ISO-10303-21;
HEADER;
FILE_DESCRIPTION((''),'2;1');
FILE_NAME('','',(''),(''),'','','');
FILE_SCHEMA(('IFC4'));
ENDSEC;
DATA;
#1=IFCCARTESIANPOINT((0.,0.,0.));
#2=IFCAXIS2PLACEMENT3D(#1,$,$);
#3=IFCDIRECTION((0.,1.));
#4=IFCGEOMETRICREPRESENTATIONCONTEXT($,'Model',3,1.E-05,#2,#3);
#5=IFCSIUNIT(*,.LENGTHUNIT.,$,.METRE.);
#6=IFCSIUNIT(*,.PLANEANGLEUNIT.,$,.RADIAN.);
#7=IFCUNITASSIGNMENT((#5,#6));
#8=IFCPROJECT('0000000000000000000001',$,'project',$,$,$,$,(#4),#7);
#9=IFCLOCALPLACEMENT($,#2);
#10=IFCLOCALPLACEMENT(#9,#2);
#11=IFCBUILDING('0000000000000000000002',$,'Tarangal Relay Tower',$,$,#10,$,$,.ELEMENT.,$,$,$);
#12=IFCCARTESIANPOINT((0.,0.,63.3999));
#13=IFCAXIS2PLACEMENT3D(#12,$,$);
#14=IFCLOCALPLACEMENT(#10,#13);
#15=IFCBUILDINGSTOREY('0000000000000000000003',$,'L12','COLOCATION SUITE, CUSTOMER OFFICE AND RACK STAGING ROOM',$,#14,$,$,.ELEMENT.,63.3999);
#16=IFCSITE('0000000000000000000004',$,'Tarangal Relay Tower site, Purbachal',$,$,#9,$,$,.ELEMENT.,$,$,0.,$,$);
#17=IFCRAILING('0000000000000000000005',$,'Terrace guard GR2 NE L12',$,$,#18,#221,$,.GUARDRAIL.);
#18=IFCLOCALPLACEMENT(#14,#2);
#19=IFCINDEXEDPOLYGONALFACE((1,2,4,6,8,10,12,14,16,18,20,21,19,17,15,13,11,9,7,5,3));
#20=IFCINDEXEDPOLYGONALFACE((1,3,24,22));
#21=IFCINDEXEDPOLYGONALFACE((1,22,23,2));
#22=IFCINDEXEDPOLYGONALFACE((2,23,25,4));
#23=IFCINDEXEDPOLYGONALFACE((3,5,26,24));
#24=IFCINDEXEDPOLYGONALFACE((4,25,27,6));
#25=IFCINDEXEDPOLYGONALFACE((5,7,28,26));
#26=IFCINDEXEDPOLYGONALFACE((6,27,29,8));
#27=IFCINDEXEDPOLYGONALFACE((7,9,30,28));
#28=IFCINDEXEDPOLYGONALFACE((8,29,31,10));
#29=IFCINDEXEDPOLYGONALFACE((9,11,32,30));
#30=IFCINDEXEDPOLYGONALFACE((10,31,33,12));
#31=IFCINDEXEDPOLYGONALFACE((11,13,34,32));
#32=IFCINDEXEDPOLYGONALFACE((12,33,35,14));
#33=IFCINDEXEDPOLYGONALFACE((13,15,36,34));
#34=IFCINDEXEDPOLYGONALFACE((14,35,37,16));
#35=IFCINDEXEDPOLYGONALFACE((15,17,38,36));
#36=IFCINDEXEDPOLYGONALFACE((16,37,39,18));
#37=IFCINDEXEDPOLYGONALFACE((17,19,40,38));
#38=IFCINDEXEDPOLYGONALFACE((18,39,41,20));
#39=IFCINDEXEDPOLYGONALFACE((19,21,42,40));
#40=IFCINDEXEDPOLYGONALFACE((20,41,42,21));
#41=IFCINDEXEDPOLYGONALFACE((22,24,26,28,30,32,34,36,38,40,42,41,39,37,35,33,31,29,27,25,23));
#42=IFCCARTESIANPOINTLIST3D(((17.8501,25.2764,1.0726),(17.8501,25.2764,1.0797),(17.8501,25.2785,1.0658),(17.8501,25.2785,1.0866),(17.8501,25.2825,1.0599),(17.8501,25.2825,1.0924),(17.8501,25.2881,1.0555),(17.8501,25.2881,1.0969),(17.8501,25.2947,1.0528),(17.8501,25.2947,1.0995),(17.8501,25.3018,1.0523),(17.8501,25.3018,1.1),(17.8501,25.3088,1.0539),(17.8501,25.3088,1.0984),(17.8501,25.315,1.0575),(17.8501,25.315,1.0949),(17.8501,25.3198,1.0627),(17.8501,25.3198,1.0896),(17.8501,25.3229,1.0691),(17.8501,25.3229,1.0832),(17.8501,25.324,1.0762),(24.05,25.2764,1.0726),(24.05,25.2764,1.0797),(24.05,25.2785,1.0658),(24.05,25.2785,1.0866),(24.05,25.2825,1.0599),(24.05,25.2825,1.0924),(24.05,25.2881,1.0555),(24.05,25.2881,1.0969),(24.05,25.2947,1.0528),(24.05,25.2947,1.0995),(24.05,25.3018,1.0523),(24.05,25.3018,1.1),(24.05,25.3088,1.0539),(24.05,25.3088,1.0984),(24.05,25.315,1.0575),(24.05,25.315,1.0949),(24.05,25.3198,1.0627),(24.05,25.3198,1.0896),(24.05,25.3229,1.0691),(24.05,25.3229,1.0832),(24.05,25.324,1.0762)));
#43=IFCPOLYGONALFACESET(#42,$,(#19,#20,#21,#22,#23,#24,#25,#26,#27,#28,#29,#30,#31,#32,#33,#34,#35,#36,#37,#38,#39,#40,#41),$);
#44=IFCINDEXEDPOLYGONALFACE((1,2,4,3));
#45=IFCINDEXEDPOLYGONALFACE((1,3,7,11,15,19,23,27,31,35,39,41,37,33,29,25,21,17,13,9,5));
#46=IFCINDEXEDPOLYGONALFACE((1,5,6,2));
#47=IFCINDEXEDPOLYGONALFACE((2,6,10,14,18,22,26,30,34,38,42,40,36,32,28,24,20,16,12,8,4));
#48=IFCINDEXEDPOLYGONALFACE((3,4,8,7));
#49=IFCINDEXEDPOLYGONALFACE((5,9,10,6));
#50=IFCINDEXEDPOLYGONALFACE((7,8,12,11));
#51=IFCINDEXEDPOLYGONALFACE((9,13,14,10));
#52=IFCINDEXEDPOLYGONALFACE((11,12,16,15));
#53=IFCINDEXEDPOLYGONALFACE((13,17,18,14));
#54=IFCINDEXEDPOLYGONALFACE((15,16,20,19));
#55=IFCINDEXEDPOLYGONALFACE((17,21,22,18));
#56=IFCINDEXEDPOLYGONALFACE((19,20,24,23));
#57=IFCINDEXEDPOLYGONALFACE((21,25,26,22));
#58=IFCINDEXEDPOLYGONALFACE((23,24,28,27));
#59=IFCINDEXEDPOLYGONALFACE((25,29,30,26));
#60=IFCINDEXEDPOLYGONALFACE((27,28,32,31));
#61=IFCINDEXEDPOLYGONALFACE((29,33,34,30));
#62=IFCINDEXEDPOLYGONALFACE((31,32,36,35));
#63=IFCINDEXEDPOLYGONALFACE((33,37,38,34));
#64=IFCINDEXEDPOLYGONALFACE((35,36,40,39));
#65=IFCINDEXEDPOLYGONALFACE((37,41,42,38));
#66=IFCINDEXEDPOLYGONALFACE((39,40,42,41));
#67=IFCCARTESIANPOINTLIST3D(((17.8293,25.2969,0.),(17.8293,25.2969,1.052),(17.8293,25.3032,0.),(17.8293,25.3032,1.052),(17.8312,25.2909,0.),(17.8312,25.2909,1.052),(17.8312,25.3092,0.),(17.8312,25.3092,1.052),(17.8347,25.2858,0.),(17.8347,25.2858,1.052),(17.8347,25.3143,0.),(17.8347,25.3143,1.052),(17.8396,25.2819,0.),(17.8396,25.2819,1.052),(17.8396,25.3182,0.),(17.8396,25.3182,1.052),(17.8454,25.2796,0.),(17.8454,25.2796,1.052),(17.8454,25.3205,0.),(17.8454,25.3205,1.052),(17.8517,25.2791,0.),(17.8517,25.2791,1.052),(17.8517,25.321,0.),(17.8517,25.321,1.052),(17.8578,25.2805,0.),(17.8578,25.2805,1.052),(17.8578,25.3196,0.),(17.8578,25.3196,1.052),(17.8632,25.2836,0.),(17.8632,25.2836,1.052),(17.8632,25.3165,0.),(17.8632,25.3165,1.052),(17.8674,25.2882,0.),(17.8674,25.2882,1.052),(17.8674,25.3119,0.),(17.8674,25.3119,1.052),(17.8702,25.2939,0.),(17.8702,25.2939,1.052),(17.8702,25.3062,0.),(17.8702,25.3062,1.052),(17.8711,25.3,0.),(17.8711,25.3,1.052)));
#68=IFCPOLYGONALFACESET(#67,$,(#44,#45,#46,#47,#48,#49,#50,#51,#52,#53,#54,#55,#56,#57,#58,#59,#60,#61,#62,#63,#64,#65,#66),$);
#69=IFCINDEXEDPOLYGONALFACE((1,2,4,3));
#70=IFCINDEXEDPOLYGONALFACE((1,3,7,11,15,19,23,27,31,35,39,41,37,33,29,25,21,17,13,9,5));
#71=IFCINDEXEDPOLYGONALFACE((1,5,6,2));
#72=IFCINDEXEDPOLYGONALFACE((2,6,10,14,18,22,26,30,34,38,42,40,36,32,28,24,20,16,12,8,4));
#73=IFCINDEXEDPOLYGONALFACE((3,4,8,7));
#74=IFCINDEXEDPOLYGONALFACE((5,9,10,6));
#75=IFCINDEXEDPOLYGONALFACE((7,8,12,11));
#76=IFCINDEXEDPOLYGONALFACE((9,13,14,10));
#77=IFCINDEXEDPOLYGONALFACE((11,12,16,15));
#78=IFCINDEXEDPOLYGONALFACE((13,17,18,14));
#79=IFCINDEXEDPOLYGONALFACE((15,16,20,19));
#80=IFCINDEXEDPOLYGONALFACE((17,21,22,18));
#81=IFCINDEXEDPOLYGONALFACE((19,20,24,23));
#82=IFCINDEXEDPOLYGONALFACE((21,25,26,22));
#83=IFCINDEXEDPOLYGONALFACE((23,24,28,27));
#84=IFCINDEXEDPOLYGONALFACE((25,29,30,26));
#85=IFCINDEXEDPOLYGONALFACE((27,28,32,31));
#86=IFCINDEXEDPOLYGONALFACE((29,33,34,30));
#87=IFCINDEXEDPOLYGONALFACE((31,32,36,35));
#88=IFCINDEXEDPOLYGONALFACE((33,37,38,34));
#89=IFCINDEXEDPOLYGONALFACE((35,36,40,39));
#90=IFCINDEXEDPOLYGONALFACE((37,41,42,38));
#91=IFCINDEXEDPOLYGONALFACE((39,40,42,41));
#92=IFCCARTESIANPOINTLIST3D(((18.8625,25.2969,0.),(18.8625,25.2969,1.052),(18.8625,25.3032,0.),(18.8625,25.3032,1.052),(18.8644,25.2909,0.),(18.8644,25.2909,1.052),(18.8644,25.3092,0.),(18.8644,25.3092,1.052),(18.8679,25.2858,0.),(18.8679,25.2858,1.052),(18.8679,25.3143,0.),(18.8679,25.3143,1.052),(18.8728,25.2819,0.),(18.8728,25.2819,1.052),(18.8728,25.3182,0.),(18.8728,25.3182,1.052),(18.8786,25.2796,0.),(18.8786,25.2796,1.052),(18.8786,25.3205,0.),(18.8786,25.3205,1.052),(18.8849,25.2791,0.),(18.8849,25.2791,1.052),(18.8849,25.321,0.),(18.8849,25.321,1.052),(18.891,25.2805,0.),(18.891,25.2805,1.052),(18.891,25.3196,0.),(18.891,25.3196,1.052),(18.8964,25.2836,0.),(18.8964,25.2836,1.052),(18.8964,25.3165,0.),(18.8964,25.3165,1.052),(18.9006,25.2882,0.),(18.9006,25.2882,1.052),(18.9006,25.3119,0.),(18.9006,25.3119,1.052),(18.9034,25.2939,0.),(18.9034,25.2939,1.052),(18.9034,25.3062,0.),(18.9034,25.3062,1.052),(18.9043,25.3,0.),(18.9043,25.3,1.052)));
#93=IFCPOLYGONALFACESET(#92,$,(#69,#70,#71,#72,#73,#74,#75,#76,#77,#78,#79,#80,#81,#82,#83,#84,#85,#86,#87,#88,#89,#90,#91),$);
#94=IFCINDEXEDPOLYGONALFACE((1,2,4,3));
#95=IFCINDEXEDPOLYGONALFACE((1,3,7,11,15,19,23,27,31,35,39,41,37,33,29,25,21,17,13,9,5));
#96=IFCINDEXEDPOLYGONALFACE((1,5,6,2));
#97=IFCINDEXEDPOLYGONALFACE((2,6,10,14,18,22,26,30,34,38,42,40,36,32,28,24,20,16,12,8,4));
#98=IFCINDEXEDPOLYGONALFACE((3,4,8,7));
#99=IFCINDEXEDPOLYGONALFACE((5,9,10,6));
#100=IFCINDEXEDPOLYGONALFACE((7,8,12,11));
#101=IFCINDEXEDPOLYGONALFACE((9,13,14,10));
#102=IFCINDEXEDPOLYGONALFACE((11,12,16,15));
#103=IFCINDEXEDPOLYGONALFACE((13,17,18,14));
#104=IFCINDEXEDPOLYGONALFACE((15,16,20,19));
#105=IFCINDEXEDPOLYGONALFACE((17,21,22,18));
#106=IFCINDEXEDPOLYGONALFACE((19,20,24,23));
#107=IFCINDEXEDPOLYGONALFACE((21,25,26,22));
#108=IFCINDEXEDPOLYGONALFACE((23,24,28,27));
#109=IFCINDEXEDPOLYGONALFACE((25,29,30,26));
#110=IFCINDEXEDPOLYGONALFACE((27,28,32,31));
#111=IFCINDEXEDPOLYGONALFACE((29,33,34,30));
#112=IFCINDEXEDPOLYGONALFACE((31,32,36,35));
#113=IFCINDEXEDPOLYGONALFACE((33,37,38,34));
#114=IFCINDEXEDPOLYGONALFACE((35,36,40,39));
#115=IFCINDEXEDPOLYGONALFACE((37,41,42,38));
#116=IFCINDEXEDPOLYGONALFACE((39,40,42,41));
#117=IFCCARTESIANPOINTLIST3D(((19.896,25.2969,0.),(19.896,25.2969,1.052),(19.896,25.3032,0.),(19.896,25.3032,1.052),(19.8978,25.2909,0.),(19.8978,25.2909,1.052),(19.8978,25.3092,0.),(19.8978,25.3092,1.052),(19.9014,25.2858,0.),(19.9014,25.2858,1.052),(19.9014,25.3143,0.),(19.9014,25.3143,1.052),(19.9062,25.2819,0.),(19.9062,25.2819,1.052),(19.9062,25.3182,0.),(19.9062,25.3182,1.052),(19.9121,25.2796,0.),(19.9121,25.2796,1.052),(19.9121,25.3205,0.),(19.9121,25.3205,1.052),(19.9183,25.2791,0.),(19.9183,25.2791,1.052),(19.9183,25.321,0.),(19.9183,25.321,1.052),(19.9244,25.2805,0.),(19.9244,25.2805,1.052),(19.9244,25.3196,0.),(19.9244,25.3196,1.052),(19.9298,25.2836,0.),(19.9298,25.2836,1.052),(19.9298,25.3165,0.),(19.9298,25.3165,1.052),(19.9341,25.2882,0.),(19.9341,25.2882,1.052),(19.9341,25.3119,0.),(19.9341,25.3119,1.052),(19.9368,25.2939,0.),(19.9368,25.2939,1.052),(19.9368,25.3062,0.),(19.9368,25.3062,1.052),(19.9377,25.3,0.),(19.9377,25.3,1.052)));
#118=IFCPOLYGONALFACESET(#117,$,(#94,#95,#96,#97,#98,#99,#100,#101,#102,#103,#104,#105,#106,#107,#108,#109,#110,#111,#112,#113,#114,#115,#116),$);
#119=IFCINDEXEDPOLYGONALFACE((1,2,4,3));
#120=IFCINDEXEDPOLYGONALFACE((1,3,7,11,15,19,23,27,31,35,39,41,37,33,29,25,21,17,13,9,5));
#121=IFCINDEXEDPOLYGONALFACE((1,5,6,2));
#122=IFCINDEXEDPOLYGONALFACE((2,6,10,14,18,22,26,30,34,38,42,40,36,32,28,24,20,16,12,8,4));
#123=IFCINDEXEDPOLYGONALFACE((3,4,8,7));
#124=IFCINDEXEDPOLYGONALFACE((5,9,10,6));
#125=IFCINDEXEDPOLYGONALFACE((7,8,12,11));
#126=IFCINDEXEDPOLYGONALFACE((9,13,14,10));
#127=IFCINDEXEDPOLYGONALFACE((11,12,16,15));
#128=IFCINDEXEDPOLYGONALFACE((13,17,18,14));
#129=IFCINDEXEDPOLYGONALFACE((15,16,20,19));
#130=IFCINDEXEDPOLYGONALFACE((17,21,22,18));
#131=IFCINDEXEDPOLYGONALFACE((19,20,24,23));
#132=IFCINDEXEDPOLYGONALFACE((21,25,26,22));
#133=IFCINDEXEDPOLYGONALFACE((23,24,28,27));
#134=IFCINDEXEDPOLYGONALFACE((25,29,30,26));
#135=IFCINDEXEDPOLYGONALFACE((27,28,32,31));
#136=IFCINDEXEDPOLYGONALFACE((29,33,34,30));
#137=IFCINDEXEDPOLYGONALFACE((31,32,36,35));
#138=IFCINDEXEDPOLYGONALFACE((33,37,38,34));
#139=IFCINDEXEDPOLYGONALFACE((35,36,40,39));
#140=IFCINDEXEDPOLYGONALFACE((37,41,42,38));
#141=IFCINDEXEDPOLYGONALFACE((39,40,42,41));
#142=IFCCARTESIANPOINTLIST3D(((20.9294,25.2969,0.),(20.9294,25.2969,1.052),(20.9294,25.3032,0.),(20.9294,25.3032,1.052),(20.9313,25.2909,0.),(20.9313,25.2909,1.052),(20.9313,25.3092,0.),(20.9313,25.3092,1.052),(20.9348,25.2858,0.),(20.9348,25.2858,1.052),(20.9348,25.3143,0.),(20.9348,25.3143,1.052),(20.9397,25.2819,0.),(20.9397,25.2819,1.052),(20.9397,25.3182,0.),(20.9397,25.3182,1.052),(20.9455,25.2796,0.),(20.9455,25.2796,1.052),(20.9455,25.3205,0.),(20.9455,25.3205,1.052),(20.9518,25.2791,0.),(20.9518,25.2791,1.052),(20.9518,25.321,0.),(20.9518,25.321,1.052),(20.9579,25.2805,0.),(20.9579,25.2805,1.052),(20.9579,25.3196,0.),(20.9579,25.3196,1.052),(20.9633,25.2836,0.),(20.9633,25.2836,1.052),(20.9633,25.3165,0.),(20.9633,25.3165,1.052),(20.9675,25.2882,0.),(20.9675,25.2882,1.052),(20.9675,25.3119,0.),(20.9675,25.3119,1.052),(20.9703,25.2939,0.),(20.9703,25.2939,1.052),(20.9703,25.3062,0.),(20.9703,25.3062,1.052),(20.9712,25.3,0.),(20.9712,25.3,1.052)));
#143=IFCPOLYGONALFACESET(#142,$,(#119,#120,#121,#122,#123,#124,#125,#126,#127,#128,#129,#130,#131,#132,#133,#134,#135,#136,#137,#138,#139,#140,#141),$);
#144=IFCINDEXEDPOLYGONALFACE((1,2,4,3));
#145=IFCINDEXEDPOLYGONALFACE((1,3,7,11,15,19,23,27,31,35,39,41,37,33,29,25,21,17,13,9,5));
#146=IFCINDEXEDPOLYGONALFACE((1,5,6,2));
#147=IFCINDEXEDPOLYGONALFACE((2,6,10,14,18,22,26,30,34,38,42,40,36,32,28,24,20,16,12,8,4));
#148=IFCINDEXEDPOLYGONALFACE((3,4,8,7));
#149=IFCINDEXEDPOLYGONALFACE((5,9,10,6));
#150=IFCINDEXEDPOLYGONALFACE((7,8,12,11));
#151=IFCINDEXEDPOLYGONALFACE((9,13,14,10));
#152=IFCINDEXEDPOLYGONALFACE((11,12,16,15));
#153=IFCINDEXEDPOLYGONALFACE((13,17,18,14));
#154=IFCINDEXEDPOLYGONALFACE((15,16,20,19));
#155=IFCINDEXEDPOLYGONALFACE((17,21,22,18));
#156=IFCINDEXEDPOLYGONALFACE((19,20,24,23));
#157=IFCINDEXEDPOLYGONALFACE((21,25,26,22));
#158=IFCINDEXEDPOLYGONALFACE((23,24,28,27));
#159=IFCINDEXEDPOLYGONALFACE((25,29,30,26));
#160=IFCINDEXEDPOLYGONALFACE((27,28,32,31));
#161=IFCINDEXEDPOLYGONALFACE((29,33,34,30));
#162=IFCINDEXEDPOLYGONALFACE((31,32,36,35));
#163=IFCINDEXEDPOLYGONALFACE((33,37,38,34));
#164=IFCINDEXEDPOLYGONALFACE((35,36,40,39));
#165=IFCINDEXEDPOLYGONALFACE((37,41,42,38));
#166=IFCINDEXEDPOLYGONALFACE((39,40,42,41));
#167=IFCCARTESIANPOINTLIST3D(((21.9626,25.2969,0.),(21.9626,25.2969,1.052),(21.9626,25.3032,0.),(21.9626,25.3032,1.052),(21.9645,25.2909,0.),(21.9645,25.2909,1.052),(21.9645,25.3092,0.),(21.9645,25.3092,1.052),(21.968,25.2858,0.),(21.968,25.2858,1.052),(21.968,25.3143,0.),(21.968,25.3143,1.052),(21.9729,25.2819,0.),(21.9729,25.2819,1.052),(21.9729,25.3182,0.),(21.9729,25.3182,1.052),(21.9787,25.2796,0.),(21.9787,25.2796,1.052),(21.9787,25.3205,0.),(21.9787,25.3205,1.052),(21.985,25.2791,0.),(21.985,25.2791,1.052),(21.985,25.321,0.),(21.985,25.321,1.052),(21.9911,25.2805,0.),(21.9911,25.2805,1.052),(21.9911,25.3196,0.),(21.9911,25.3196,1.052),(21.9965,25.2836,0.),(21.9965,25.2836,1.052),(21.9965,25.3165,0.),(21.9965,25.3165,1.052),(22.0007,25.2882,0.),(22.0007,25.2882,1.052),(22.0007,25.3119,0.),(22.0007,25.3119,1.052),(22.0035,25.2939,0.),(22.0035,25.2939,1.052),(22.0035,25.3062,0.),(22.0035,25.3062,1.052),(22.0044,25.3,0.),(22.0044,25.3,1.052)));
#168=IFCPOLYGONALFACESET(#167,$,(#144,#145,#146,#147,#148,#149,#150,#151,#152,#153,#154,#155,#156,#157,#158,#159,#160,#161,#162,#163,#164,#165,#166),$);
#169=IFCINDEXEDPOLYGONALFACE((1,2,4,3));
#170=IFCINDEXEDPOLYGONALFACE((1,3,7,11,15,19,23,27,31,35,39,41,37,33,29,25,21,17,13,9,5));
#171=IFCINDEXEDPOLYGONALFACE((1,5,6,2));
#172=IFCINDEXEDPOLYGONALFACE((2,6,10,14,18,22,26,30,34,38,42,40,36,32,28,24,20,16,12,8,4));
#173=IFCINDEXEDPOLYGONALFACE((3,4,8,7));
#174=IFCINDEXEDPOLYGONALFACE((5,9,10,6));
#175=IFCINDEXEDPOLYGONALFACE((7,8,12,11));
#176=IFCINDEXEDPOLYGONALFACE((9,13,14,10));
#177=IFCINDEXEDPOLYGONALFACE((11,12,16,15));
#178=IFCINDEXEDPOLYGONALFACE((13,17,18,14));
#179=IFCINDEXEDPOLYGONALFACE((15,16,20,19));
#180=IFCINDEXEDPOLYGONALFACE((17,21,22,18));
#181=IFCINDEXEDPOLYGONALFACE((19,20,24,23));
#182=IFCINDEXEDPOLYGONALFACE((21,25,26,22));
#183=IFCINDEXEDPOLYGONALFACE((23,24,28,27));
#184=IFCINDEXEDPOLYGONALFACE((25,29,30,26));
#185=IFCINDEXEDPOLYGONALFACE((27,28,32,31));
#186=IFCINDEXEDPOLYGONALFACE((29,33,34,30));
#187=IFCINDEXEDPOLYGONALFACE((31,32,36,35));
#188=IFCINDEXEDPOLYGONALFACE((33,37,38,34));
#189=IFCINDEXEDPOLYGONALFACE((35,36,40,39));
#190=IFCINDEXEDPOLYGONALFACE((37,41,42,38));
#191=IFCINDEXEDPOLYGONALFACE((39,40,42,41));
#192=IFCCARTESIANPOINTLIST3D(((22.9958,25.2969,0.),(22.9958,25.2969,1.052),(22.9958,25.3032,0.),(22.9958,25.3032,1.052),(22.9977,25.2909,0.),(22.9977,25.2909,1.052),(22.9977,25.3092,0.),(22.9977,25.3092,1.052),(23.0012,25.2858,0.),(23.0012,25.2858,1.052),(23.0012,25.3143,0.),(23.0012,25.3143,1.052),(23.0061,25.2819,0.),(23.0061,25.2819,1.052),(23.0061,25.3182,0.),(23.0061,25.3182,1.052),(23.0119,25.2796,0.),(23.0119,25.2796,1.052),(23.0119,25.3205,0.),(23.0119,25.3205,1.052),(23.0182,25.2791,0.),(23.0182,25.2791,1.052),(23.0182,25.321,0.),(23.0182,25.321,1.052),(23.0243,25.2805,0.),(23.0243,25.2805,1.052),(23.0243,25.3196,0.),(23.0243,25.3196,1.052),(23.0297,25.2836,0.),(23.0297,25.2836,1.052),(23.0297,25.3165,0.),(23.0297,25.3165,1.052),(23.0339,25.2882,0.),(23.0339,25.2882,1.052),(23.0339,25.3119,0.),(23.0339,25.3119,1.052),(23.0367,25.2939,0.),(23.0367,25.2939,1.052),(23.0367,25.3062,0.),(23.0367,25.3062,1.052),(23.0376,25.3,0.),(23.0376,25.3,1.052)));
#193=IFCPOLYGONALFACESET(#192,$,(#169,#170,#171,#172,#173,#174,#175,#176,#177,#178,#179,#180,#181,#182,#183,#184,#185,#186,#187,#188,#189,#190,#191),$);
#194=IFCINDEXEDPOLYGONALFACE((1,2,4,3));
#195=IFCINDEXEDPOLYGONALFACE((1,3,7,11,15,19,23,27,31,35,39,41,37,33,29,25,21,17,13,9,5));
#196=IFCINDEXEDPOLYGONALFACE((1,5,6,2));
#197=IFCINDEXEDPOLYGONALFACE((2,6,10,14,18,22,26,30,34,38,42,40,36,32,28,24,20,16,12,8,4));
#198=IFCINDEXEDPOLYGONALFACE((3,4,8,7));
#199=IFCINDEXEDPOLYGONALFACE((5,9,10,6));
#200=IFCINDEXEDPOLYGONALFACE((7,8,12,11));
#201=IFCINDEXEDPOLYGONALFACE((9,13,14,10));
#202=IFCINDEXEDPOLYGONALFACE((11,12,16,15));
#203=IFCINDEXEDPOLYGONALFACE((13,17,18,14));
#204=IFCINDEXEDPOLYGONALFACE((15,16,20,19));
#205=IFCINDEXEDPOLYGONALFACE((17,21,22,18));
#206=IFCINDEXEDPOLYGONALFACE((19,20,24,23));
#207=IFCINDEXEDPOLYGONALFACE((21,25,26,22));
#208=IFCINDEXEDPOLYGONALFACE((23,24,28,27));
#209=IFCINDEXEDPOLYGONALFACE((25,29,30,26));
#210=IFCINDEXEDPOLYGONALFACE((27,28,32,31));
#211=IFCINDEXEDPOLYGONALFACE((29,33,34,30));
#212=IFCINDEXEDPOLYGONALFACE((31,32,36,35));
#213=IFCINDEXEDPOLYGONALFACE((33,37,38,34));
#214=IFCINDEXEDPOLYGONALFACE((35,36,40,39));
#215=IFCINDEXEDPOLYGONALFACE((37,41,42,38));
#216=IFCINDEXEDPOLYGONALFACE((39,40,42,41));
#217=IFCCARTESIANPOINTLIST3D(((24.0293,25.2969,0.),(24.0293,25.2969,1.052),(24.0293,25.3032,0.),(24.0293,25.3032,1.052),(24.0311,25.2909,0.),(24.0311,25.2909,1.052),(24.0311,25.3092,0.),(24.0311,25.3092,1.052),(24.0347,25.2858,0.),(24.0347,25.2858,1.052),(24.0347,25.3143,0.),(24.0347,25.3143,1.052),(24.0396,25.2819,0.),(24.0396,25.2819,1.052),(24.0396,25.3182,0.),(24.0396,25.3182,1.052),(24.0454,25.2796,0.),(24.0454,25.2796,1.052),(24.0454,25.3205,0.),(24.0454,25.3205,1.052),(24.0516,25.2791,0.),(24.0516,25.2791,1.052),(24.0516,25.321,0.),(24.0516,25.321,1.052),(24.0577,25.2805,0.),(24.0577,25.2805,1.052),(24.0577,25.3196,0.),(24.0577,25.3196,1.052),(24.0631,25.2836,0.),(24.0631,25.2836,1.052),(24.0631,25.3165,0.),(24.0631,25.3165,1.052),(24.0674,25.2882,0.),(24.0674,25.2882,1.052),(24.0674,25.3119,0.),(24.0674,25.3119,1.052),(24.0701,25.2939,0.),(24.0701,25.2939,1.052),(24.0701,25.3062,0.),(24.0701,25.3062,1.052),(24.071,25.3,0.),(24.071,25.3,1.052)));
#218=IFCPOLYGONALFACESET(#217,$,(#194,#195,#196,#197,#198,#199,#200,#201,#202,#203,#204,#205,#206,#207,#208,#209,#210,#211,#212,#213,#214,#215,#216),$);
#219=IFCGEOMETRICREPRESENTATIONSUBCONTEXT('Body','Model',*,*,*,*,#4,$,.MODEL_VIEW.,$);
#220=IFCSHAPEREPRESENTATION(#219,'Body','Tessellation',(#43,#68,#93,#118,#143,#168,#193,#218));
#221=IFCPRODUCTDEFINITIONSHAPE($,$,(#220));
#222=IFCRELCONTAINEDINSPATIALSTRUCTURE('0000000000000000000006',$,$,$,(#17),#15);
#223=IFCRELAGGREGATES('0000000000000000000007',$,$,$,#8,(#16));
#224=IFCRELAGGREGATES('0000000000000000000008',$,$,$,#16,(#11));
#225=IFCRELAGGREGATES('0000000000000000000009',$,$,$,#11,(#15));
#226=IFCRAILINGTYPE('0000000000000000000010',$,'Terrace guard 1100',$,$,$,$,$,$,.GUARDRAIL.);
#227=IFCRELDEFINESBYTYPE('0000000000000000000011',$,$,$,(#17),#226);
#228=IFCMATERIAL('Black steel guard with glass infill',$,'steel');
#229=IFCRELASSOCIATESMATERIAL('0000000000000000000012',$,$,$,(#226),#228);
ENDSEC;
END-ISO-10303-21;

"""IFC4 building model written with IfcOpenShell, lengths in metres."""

from ifc_helpers import new_model, si_unit, direction, frame, origin, origin_2d, place, context, subcontext, project, spatial, circle, extrude, material, type_object, element, save


model = new_model("IFC4")

# Units and contexts
model_context = context("Model", 3, precision=1e-05, world=origin(), true_north=direction((0.0, 1.0)))
body_context = subcontext(model_context, "Body", "Model", "MODEL_VIEW")
ifc_project = project(units=[si_unit("LENGTHUNIT", "METRE"), si_unit("PLANEANGLEUNIT", "RADIAN")], contexts=[model_context])

# Site, building, storey
site_placement = place(None, origin())
site = spatial("IfcSite", under=ifc_project, at=site_placement, Name="Tarangal Relay Tower site, Purbachal", CompositionType="ELEMENT", RefElevation=0.0)
building_placement = place(site_placement, origin())
building = spatial("IfcBuilding", under=site, at=building_placement, Name="Tarangal Relay Tower", CompositionType="ELEMENT")
storey_placement = place(building_placement, frame((0.0, 0.0, 63.3999)))
storey = spatial("IfcBuildingStorey", under=building, at=storey_placement, Name="L12", Description="COLOCATION SUITE, CUSTOMER OFFICE AND RACK STAGING ROOM", CompositionType="ELEMENT", Elevation=63.3999)

# Railing
ifc_material_1 = material(Name="Black steel guard with glass infill", Category="steel")
railing_type_1 = type_object("IfcRailingType", Name="Terrace guard 1100", PredefinedType="GUARDRAIL", material=ifc_material_1)
railing_1_placement = place(storey_placement, frame((17.8501, 25.3, 0.0)))
element("IfcRailing", 1, at=railing_1_placement, inside=storey, type_object=railing_type_1, Name="Terrace guard GR2 NE L12", PredefinedType="GUARDRAIL", context=body_context, shape_type="SweptSolid", body=[
    extrude(circle(Radius=0.0239, at=origin_2d()), frame((0.0, 0.0, 1.0762), z_axis=(1.0, 0.0, 0.0), x_axis=(0.0, 1.0, 0.0)), (0.0, 0.0, 1.0), 6.2),
    extrude(circle(Radius=0.021, at=origin_2d()), origin(), (0.0, 0.0, 1.0), 1.052),
    extrude(circle(Radius=0.021, at=origin_2d()), frame((1.0332, 0.0, 0.0)), (0.0, 0.0, 1.0), 1.052),
    extrude(circle(Radius=0.021, at=origin_2d()), frame((2.0667, 0.0, 0.0)), (0.0, 0.0, 1.0), 1.052),
    extrude(circle(Radius=0.021, at=origin_2d()), frame((3.1001, 0.0, 0.0)), (0.0, 0.0, 1.0), 1.052),
    extrude(circle(Radius=0.021, at=origin_2d()), frame((4.1333, 0.0, 0.0)), (0.0, 0.0, 1.0), 1.052),
    extrude(circle(Radius=0.021, at=origin_2d()), frame((5.1665, 0.0, 0.0)), (0.0, 0.0, 1.0), 1.052),
    extrude(circle(Radius=0.021, at=origin_2d()), frame((6.2, 0.0, 0.0)), (0.0, 0.0, 1.0), 1.052),
])

save(model, "model.ifc")
